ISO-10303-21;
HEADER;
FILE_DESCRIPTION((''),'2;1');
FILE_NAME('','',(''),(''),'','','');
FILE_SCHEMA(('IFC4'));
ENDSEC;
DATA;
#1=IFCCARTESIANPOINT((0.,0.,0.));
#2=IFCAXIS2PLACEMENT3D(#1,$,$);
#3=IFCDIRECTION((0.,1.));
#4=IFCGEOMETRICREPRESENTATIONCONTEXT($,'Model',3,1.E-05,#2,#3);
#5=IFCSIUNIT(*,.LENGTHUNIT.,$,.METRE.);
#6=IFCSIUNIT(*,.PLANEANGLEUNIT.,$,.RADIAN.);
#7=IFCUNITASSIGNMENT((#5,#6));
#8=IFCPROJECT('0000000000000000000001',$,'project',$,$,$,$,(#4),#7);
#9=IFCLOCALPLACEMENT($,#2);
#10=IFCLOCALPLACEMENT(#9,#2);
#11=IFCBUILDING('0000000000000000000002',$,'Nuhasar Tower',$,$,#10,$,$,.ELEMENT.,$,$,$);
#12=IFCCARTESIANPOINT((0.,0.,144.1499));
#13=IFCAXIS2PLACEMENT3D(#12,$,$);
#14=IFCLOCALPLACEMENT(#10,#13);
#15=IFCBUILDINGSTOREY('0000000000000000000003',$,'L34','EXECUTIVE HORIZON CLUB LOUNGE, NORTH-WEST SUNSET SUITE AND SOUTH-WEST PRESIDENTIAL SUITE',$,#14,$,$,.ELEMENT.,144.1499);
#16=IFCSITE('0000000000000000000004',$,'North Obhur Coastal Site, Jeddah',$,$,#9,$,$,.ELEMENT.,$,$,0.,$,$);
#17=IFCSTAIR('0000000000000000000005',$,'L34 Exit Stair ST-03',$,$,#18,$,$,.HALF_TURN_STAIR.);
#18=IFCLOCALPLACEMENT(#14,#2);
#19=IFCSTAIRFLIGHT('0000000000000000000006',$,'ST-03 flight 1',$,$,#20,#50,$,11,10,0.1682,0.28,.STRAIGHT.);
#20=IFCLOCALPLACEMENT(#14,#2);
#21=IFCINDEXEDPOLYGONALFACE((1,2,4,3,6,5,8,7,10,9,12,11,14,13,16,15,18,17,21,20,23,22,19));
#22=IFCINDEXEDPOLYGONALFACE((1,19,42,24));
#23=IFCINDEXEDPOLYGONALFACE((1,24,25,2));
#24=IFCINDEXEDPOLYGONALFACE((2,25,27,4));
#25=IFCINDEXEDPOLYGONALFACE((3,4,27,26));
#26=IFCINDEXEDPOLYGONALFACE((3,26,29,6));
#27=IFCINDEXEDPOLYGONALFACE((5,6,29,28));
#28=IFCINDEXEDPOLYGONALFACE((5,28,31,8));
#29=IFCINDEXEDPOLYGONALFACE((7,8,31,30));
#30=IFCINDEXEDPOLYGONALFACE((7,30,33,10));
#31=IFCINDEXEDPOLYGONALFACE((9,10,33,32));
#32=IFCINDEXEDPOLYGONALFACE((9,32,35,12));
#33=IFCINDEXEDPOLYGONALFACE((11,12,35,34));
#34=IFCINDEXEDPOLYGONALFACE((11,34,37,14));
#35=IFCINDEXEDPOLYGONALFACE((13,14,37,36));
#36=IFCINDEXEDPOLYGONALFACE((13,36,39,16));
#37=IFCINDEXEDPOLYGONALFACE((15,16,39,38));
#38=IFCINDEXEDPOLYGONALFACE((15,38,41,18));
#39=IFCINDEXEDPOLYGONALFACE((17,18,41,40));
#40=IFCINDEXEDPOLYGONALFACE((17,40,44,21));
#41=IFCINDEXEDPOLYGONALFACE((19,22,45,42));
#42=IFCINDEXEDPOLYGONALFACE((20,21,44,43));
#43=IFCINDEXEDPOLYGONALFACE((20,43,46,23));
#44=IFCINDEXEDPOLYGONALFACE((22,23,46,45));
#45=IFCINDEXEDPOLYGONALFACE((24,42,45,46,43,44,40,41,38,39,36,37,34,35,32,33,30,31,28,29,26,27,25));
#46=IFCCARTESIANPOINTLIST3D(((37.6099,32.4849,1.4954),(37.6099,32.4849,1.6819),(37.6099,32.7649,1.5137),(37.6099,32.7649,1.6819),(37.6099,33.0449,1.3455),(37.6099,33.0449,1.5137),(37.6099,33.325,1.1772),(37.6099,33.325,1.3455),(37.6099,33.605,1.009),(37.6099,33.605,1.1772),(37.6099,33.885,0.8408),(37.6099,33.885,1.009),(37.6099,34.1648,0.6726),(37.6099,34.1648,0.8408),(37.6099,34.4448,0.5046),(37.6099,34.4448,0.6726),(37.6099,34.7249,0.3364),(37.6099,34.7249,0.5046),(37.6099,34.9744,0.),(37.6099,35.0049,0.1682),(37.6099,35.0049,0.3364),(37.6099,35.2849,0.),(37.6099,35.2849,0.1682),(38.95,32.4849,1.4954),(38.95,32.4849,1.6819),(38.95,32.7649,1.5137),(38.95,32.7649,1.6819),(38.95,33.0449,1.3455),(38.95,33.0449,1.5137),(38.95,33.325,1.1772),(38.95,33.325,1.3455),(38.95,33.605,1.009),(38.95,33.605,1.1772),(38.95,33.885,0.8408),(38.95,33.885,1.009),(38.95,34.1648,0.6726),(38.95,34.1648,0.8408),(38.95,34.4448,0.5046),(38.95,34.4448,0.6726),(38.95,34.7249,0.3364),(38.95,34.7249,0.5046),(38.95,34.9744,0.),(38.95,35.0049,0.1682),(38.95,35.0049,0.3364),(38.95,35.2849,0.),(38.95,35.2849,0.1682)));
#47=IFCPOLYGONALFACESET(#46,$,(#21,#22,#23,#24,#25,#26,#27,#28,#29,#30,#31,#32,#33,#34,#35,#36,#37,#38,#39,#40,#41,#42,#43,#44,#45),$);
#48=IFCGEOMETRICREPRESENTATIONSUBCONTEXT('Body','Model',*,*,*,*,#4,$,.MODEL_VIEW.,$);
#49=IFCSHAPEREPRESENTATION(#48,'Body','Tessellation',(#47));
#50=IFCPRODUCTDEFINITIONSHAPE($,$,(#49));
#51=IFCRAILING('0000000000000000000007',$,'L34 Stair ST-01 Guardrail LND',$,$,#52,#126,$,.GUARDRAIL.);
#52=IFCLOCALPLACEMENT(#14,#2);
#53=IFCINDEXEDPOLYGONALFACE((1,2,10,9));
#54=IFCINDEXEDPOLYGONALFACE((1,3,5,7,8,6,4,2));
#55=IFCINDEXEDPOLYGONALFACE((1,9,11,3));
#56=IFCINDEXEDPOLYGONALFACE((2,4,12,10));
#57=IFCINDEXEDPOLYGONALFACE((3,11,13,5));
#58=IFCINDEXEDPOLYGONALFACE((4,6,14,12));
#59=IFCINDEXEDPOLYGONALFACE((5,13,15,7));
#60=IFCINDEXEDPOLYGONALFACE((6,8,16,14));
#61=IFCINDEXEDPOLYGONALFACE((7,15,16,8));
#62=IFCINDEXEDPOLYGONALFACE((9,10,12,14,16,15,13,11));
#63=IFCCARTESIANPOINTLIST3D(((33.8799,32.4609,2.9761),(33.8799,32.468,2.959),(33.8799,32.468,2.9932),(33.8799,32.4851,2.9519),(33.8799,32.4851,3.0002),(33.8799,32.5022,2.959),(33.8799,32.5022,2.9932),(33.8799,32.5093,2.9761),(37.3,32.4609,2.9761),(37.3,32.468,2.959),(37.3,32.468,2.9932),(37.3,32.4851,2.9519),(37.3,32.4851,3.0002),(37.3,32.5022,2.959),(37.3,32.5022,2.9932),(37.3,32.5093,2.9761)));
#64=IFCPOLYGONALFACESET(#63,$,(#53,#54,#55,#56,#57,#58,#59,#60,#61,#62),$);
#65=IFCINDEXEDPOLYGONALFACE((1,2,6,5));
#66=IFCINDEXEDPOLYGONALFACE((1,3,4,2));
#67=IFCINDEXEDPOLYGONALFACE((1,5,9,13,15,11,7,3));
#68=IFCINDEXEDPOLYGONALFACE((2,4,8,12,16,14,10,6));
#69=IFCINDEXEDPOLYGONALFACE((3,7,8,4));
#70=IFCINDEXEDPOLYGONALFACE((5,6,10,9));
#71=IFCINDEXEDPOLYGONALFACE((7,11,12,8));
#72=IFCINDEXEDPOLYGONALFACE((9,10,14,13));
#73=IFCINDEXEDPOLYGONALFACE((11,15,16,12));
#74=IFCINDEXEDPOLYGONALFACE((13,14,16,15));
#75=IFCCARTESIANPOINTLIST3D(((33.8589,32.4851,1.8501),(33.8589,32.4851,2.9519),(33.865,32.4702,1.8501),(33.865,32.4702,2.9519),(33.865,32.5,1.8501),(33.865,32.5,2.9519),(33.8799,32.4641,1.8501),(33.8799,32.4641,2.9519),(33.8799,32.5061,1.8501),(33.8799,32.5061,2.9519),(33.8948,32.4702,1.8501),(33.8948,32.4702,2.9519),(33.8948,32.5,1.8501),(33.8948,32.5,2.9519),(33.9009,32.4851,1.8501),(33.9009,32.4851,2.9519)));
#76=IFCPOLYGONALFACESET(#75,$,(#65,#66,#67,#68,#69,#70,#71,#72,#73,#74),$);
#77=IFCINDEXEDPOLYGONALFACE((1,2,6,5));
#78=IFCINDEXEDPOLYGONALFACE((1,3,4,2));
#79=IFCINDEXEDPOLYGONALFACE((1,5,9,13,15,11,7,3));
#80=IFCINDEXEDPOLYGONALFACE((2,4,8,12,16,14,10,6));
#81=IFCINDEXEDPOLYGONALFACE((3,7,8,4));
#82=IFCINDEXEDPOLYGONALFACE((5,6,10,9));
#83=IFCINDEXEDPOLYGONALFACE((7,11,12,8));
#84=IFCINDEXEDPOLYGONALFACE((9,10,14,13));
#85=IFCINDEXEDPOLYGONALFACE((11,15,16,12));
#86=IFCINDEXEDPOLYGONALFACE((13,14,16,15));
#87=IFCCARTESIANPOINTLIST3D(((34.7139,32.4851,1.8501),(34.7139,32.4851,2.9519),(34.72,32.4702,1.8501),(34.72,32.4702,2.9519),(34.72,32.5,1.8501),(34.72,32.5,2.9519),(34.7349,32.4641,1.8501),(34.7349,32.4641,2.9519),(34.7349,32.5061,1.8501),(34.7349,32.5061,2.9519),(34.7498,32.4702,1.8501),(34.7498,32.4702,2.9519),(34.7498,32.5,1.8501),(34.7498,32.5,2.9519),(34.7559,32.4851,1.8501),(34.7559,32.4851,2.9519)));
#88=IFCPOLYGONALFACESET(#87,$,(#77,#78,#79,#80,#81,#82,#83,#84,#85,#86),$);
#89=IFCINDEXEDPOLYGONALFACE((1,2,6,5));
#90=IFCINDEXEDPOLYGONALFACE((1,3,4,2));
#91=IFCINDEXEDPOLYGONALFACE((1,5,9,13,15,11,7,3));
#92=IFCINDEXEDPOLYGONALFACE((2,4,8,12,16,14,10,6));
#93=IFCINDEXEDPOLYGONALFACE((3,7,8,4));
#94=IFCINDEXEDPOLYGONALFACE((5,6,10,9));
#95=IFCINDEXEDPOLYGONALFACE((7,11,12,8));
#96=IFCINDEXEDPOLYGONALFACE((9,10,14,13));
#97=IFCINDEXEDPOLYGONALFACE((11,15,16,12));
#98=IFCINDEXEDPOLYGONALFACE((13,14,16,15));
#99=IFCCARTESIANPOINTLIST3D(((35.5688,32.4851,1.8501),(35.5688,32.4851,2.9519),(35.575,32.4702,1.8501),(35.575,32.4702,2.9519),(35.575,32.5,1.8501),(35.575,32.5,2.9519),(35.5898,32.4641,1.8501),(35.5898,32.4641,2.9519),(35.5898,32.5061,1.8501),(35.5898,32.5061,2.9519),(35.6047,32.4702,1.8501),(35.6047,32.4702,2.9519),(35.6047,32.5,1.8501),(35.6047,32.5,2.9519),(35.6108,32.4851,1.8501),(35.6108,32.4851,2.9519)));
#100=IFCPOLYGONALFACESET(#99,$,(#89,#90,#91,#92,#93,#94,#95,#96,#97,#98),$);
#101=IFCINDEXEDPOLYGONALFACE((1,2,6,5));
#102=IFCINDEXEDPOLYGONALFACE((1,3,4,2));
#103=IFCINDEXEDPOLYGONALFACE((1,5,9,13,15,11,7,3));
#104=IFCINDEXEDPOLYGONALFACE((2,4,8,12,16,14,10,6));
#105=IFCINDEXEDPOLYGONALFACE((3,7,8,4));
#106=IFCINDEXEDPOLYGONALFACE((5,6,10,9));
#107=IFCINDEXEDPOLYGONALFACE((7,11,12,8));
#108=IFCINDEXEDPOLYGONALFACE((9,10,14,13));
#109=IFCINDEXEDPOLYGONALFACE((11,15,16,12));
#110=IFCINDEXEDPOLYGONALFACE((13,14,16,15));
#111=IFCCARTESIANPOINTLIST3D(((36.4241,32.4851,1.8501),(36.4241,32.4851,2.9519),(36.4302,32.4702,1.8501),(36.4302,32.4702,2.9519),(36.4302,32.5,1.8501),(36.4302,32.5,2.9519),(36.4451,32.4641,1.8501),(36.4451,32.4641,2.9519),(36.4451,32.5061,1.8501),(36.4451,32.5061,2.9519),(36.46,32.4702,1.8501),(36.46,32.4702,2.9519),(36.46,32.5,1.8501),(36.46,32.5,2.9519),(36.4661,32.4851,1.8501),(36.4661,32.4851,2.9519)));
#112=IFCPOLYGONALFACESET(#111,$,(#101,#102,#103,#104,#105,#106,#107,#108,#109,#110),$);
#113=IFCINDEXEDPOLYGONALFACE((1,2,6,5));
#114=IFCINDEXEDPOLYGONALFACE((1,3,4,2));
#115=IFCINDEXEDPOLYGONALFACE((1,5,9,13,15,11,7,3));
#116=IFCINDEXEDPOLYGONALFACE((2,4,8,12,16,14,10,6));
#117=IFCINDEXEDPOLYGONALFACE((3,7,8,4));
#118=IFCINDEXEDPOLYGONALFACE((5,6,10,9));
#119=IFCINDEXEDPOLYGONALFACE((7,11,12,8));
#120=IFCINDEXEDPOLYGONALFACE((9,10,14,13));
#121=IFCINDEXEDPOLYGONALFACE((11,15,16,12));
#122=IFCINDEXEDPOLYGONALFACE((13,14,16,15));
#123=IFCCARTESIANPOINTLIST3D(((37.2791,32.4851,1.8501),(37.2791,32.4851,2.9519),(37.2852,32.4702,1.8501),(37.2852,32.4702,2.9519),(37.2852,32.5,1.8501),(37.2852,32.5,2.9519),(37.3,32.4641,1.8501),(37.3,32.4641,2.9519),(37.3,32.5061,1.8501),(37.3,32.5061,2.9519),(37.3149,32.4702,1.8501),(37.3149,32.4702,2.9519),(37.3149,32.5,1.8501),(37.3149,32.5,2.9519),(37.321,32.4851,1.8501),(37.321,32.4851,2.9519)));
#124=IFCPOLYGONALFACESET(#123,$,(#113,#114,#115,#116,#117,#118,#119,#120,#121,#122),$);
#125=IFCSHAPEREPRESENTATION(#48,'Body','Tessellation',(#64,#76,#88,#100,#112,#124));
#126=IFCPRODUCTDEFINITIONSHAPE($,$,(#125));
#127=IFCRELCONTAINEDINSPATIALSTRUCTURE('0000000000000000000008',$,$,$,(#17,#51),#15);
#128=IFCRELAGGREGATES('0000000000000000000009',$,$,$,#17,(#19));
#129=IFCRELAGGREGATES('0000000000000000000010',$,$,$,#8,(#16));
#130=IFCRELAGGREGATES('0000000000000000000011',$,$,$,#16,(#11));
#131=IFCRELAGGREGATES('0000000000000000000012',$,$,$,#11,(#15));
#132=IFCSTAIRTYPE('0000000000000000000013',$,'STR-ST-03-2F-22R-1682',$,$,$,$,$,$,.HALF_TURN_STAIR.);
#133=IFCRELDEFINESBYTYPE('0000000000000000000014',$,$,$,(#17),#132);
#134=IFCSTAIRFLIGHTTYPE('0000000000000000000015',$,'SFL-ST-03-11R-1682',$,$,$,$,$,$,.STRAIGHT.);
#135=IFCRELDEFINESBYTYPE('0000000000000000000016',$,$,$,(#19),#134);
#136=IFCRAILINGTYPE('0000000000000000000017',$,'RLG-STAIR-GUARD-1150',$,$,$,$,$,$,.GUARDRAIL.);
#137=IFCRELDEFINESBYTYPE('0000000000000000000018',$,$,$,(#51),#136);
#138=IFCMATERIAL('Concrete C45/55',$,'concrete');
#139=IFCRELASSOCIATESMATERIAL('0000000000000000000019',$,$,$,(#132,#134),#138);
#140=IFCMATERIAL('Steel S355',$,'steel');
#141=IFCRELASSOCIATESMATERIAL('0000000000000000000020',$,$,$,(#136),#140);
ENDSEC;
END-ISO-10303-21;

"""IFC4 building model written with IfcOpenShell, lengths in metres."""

from ifc_helpers import new_model, si_unit, direction, frame, origin, place, context, subcontext, project, spatial, polyline, outline, extrude, material, type_object, element, aggregate, save


model = new_model("IFC4")

# Units and contexts
model_context = context("Model", 3, precision=1e-05, world=origin(), true_north=direction((0.0, 1.0)))
body_context = subcontext(model_context, "Body", "Model", "MODEL_VIEW")
ifc_project = project(units=[si_unit("LENGTHUNIT", "METRE"), si_unit("PLANEANGLEUNIT", "RADIAN")], contexts=[model_context])

# Site, building, storey
site_placement = place(None, origin())
site = spatial("IfcSite", under=ifc_project, at=site_placement, Name="North Obhur Coastal Site, Jeddah", CompositionType="ELEMENT", RefElevation=0.0)
building_placement = place(site_placement, origin())
building = spatial("IfcBuilding", under=site, at=building_placement, Name="Nuhasar Tower", CompositionType="ELEMENT")
storey_placement = place(building_placement, frame((0.0, 0.0, 144.1499)))
storey = spatial("IfcBuildingStorey", under=building, at=storey_placement, Name="L34", Description="EXECUTIVE HORIZON CLUB LOUNGE, NORTH-WEST SUNSET SUITE AND SOUTH-WEST PRESIDENTIAL SUITE", CompositionType="ELEMENT", Elevation=144.1499)

# Shared definitions
ifc_material_1 = material(Name="Steel S355", Category="steel")

# Shared definitions
ifc_material_2 = material(Name="Concrete C45/55", Category="concrete")

# Stair, stair flight
stair_type_1 = type_object("IfcStairType", Name="STR-ST-03-2F-22R-1682", PredefinedType="HALF_TURN_STAIR", material=ifc_material_2)
stair_1_placement = place(storey_placement, origin())
stair_1 = element("IfcStair", 1, at=stair_1_placement, inside=storey, type_object=stair_type_1, Name="L34 Exit Stair ST-03", PredefinedType="HALF_TURN_STAIR")
stair_flight_type_1 = type_object("IfcStairFlightType", Name="SFL-ST-03-11R-1682", PredefinedType="STRAIGHT", material=ifc_material_2)
stair_flight_1_placement = place(storey_placement, frame((38.28, 35.2849, 0.0), z_axis=(0.0, 0.0, 1.0), x_axis=(0.0, -1.0, 0.0)))
stair_flight_1 = element("IfcStairFlight", 2, at=stair_flight_1_placement, type_object=stair_flight_type_1, Name="ST-03 flight 1", NumberOfRisers=11, NumberOfTreads=10, PredefinedType="STRAIGHT", RiserHeight=0.1682, TreadLength=0.28, context=body_context, shape_type="SweptSolid", body=[
    extrude(outline(polyline([(0.0, 0.0), (0.0, 0.1682), (0.28, 0.1682), (0.28, 0.3364), (0.5601, 0.3364), (0.5601, 0.5046), (0.8401, 0.5046), (0.8401, 0.6726), (1.1201, 0.6726), (1.1201, 0.8408), (1.3999, 0.8408), (1.3999, 1.009), (1.6799, 1.009), (1.6799, 1.1772), (1.96, 1.1772), (1.96, 1.3455), (2.24, 1.3455), (2.24, 1.5137), (2.52, 1.5137), (2.52, 1.6819), (2.8, 1.6819), (2.8, 1.8501), (2.8, 1.4954), (0.3105, 0.0), (0.0, 0.0)])), frame((0.0, 0.6699, 0.0), z_axis=(0.0, -1.0, 0.0), x_axis=(1.0, 0.0, 0.0)), (0.0, 0.0, 1.0), 1.3401),
])
aggregate(stair_1, [stair_flight_1])

# Railing
railing_type_1 = type_object("IfcRailingType", Name="RLG-STAIR-GUARD-1150", PredefinedType="GUARDRAIL", material=ifc_material_1)
railing_1_placement = place(storey_placement, frame((33.8799, 32.4851, 1.8501)))
element("IfcRailing", 3, at=railing_1_placement, inside=storey, type_object=railing_type_1, Name="L34 Stair ST-01 Guardrail LND", PredefinedType="GUARDRAIL", context=body_context, shape_type="SweptSolid", body=[
    extrude(outline(polyline([(0.0242, 0.0), (0.0171, 0.0171), (0.0, 0.0242), (-0.0171, 0.0171), (-0.0242, 0.0), (-0.0171, -0.0171), (0.0, -0.0242), (0.0171, -0.0171), (0.0242, 0.0)])), frame((0.0, 0.0, 1.126), z_axis=(1.0, 0.0, 0.0), x_axis=(0.0, 1.0, 0.0)), (0.0, 0.0, 1.0), 3.4202),
    extrude(outline(polyline([(0.021, 0.0), (0.0149, 0.0149), (0.0, 0.021), (-0.0149, 0.0149), (-0.021, 0.0), (-0.0149, -0.0149), (0.0, -0.021), (0.0149, -0.0149), (0.021, 0.0)])), origin(), (0.0, 0.0, 1.0), 1.1018),
    extrude(outline(polyline([(0.021, 0.0), (0.0149, 0.0149), (0.0, 0.021), (-0.0149, 0.0149), (-0.021, 0.0), (-0.0149, -0.0149), (0.0, -0.021), (0.0149, -0.0149), (0.021, 0.0)])), frame((0.855, 0.0, 0.0)), (0.0, 0.0, 1.0), 1.1018),
    extrude(outline(polyline([(0.021, 0.0), (0.0149, 0.0149), (0.0, 0.021), (-0.0149, 0.0149), (-0.021, 0.0), (-0.0149, -0.0149), (0.0, -0.021), (0.0149, -0.0149), (0.021, 0.0)])), frame((1.71, 0.0, 0.0)), (0.0, 0.0, 1.0), 1.1018),
    extrude(outline(polyline([(0.021, 0.0), (0.0149, 0.0149), (0.0, 0.021), (-0.0149, 0.0149), (-0.021, 0.0), (-0.0149, -0.0149), (0.0, -0.021), (0.0149, -0.0149), (0.021, 0.0)])), frame((2.5652, 0.0, 0.0)), (0.0, 0.0, 1.0), 1.1018),
    extrude(outline(polyline([(0.021, 0.0), (0.0149, 0.0149), (0.0, 0.021), (-0.0149, 0.0149), (-0.021, 0.0), (-0.0149, -0.0149), (0.0, -0.021), (0.0149, -0.0149), (0.021, 0.0)])), frame((3.4202, 0.0, 0.0)), (0.0, 0.0, 1.0), 1.1018),
])

save(model, "model.ifc")
